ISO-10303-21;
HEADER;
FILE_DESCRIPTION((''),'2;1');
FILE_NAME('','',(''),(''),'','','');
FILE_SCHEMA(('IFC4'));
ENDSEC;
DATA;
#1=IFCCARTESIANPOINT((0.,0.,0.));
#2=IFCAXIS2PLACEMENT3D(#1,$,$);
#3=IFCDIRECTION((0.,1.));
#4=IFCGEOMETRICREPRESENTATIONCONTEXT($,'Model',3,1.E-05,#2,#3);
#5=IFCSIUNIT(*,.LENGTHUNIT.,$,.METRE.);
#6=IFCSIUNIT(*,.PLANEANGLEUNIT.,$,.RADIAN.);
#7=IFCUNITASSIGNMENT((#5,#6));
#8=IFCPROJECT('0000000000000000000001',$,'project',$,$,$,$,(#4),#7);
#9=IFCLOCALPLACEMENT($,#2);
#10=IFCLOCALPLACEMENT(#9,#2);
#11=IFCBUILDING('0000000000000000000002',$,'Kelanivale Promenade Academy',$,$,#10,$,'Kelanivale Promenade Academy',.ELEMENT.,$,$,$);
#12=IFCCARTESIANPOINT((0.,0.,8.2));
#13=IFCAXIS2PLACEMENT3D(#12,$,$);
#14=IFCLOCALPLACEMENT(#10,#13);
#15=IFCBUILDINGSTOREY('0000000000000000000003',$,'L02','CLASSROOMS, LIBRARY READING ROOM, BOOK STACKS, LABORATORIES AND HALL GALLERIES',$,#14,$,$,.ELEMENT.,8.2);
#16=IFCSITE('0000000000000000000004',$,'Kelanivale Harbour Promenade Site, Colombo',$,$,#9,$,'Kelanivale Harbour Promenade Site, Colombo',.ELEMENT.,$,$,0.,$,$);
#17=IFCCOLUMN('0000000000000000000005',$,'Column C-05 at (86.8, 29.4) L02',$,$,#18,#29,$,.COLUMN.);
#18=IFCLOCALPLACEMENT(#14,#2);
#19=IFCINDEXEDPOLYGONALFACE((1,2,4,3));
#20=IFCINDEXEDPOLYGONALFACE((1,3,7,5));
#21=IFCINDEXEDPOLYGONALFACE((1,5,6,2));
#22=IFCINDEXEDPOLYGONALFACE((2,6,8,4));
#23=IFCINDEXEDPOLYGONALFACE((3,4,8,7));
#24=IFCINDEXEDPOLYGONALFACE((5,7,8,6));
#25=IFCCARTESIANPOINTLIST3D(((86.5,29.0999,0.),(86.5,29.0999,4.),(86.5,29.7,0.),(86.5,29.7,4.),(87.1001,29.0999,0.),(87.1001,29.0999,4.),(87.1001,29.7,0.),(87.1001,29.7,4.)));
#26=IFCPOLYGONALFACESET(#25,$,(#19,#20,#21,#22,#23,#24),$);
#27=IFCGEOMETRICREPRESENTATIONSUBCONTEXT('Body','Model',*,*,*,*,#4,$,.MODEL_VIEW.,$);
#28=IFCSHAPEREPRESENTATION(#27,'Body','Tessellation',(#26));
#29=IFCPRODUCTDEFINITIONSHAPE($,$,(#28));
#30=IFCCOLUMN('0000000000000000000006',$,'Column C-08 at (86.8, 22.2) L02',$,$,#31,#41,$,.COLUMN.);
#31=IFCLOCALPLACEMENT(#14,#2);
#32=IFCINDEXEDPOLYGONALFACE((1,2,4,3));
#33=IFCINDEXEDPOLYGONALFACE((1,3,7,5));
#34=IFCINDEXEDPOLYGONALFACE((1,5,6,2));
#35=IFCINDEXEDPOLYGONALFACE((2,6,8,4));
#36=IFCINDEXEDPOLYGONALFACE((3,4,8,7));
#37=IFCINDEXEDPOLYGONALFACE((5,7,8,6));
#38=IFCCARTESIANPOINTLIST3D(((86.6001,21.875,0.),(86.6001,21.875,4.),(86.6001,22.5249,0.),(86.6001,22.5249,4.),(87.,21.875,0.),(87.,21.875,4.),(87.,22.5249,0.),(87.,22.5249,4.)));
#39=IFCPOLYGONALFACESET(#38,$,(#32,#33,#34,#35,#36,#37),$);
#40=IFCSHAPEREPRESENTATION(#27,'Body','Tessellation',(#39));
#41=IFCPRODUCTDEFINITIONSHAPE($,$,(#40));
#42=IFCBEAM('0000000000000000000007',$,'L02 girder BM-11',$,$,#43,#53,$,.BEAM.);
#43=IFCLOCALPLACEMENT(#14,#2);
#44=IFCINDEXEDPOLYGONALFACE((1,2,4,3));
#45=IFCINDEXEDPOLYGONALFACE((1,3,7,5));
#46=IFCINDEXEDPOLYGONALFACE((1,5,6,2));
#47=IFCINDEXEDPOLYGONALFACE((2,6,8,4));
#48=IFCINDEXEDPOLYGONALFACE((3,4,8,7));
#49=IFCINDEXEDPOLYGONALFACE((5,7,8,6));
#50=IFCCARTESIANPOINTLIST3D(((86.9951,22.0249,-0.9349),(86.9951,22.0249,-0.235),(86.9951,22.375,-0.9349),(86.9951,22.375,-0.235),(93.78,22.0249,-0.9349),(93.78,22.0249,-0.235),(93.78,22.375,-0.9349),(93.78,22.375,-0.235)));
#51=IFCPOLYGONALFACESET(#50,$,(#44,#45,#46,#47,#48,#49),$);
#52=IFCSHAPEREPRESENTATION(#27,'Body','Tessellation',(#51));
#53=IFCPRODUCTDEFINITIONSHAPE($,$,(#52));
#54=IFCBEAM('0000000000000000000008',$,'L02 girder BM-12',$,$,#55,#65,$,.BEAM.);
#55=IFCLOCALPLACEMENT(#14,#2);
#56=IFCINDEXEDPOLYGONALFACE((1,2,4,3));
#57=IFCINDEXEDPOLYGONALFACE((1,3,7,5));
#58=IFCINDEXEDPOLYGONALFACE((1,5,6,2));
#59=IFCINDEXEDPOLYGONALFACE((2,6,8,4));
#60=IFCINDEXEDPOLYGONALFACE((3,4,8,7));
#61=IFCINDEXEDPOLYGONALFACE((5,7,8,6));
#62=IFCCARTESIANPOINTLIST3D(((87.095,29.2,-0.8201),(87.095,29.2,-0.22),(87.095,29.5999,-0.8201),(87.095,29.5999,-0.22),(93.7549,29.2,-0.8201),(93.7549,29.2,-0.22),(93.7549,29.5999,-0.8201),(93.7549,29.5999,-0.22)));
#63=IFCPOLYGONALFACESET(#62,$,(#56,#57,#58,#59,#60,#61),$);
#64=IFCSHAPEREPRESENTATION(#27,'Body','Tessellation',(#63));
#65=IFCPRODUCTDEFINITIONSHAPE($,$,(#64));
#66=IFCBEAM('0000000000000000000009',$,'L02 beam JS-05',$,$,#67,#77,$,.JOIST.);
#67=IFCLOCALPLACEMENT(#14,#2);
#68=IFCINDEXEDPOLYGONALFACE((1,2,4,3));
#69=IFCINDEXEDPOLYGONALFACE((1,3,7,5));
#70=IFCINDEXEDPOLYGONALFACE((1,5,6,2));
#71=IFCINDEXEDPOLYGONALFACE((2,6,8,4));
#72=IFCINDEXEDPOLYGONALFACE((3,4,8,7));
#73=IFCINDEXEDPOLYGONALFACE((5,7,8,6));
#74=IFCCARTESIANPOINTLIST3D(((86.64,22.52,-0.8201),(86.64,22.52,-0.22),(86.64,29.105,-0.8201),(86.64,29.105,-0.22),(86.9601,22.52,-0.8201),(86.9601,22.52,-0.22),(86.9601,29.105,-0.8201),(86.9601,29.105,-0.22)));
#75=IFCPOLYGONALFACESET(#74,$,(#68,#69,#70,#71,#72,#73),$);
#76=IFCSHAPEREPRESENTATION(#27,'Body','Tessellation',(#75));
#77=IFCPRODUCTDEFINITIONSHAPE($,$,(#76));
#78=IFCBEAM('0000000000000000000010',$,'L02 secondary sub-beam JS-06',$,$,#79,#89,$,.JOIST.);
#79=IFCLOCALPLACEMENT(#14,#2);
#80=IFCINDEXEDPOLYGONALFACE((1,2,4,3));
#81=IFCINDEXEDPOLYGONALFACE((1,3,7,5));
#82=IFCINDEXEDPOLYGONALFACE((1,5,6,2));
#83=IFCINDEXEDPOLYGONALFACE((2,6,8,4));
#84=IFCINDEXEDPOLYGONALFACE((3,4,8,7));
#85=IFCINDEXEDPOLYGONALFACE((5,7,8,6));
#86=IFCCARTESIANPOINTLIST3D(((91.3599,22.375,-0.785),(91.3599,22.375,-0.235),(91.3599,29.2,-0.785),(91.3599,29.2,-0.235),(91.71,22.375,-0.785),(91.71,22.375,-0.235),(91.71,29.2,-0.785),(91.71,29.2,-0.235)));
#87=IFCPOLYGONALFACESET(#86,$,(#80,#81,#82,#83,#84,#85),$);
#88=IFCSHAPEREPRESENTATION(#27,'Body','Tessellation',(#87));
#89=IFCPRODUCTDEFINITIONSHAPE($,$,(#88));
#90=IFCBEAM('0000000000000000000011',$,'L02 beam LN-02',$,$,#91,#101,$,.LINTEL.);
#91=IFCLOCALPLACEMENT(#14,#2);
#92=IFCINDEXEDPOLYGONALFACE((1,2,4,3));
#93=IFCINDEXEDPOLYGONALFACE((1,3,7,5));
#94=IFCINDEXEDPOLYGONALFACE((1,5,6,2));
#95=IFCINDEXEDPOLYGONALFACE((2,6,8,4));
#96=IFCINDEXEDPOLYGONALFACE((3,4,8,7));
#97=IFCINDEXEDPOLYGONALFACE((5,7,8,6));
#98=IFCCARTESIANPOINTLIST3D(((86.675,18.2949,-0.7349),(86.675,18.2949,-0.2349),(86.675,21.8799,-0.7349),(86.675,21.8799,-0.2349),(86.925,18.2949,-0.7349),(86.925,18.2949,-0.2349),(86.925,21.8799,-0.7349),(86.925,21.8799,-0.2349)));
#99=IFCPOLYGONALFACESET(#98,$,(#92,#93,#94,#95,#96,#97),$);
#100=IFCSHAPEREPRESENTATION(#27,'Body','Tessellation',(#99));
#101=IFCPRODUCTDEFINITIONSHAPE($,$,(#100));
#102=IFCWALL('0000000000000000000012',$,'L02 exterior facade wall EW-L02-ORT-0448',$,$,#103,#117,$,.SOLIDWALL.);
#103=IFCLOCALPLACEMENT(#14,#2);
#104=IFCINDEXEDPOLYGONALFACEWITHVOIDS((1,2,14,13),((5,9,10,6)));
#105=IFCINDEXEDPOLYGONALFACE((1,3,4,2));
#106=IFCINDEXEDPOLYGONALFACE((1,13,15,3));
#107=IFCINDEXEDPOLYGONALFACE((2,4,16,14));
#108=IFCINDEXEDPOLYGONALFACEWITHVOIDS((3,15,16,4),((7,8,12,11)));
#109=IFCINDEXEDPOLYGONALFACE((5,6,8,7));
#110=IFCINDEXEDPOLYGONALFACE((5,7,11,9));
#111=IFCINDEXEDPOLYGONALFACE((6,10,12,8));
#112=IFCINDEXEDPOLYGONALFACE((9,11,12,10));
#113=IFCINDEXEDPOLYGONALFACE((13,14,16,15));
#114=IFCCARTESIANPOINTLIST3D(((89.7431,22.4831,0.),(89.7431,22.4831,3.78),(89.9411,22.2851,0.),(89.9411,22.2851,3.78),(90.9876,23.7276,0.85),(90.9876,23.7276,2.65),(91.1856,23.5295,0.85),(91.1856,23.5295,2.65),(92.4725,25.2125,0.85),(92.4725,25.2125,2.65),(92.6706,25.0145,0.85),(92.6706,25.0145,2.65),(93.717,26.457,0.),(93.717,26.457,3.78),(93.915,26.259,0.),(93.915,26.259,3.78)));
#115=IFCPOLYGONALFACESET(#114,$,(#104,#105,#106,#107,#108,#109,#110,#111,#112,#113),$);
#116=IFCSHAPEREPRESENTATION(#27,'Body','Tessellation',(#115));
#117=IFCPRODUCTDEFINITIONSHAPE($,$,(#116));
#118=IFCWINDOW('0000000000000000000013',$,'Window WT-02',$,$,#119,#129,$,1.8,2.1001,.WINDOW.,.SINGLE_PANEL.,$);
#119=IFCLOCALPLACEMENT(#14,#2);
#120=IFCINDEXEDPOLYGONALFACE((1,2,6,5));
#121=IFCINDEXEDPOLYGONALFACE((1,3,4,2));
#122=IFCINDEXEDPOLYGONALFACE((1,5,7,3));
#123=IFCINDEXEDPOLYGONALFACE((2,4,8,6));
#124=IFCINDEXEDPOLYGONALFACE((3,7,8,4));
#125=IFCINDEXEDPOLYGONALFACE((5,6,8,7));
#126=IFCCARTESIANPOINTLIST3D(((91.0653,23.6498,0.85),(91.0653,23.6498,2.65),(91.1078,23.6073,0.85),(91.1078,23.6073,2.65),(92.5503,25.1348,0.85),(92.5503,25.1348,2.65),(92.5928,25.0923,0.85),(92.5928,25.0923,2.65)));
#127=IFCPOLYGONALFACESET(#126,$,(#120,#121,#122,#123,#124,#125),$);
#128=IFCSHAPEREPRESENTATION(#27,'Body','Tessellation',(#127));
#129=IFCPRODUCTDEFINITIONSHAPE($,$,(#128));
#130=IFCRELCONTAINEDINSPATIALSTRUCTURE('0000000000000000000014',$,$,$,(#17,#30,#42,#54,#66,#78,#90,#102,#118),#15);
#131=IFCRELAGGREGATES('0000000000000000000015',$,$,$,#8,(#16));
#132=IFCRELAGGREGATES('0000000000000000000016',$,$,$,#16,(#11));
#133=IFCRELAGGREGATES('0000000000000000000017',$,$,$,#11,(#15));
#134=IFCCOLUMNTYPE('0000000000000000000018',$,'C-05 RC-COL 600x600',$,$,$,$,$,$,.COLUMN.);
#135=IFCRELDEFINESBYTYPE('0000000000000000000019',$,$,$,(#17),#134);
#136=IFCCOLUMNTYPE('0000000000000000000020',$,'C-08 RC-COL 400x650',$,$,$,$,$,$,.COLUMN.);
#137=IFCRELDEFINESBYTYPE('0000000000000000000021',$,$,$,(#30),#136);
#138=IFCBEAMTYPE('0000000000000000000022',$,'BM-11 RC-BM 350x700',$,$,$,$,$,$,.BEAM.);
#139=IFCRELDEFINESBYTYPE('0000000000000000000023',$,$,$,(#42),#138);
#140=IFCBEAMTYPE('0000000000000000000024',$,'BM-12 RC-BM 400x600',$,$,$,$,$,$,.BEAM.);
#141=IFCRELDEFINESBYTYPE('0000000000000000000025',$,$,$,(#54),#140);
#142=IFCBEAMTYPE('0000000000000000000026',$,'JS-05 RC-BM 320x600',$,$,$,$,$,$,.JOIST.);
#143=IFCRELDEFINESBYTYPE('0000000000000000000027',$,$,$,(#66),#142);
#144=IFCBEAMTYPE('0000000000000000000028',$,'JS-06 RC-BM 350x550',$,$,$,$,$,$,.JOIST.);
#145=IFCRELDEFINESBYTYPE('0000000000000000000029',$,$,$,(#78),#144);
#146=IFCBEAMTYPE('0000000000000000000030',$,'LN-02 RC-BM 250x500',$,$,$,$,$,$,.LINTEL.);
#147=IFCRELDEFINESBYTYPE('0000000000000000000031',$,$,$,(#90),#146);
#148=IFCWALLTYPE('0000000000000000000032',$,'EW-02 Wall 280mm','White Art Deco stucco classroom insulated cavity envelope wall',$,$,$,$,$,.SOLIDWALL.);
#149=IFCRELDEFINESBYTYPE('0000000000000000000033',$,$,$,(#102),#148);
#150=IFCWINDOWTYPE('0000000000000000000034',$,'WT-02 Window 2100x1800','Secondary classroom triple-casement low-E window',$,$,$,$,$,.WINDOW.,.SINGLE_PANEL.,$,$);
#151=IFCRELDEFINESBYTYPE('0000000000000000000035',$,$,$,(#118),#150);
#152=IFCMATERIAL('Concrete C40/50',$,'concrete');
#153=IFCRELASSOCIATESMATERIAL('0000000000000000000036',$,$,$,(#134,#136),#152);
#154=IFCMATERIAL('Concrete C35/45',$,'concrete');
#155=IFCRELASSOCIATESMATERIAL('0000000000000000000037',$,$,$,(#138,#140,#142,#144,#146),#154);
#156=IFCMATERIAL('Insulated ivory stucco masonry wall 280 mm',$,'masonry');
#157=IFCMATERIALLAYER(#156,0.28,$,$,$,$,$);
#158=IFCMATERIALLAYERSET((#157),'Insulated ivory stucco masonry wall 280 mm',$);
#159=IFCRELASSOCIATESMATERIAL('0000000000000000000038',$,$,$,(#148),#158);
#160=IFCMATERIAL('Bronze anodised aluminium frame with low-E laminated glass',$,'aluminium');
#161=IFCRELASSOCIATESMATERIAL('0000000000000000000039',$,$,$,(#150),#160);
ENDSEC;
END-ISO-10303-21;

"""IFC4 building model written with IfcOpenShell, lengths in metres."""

from ifc_helpers import new_model, si_unit, direction, frame, frame_2d, origin, origin_2d, place, context, subcontext, project, spatial, rectangle, extrude, material, layer, layer_set, material_profile, profile_set, type_object, element, fill, save


model = new_model("IFC4")

# Units and contexts
model_context = context("Model", 3, precision=1e-05, world=origin(), true_north=direction((0.0, 1.0)))
body_context = subcontext(model_context, "Body", "Model", "MODEL_VIEW")
ifc_project = project(units=[si_unit("LENGTHUNIT", "METRE"), si_unit("PLANEANGLEUNIT", "RADIAN")], contexts=[model_context])

# Site, building, storey
site_placement = place(None, origin())
site = spatial("IfcSite", under=ifc_project, at=site_placement, Name="Kelanivale Harbour Promenade Site, Colombo", LongName="Kelanivale Harbour Promenade Site, Colombo", CompositionType="ELEMENT", RefElevation=0.0)
building_placement = place(site_placement, origin())
building = spatial("IfcBuilding", under=site, at=building_placement, Name="Kelanivale Promenade Academy", LongName="Kelanivale Promenade Academy", CompositionType="ELEMENT")
storey_placement = place(building_placement, frame((0.0, 0.0, 8.2)))
storey = spatial("IfcBuildingStorey", under=building, at=storey_placement, Name="L02", Description="CLASSROOMS, LIBRARY READING ROOM, BOOK STACKS, LABORATORIES AND HALL GALLERIES", CompositionType="ELEMENT", Elevation=8.2)

# Columns
ifc_material_1 = material(Name="Concrete C40/50", Category="concrete")
ifc_material_profile_1 = material_profile(ifc_material_1, rectangle(XDim=0.6001, YDim=0.6001, at=origin_2d()), Name="RC-COL 600x600")
ifc_profile_set_1 = profile_set([ifc_material_profile_1], Name="Concrete C40/50")
column_type_1 = type_object("IfcColumnType", Name="C-05 RC-COL 600x600", PredefinedType="COLUMN", material=ifc_profile_set_1)
column_1_placement = place(storey_placement, frame((86.8, 29.3999, 0.0), z_axis=(0.0, 0.0, 1.0), x_axis=(1.0, 0.0, 0.0)))
element("IfcColumn", 1, at=column_1_placement, inside=storey, type_object=column_type_1, Name="Column C-05 at (86.8, 29.4) L02", PredefinedType="COLUMN", context=body_context, shape_type="SweptSolid", body=[
    extrude(rectangle(XDim=0.6001, YDim=0.6001, at=origin_2d()), origin(), (0.0, 0.0, 1.0), 4.0),
])
ifc_material_profile_2 = material_profile(ifc_material_1, rectangle(XDim=0.3999, YDim=0.6499, at=origin_2d()), Name="RC-COL 400x650")
ifc_profile_set_2 = profile_set([ifc_material_profile_2], Name="Concrete C40/50")
column_type_2 = type_object("IfcColumnType", Name="C-08 RC-COL 400x650", PredefinedType="COLUMN", material=ifc_profile_set_2)
column_2_placement = place(storey_placement, frame((86.8, 22.2, 0.0), z_axis=(0.0, 0.0, 1.0), x_axis=(1.0, 0.0, 0.0)))
element("IfcColumn", 2, at=column_2_placement, inside=storey, type_object=column_type_2, Name="Column C-08 at (86.8, 22.2) L02", PredefinedType="COLUMN", context=body_context, shape_type="SweptSolid", body=[
    extrude(rectangle(XDim=0.3999, YDim=0.6499, at=origin_2d()), origin(), (0.0, 0.0, 1.0), 4.0),
])

# Beams
ifc_material_2 = material(Name="Concrete C35/45", Category="concrete")
ifc_material_profile_3 = material_profile(ifc_material_2, rectangle(XDim=0.3501, YDim=0.7, at=origin_2d()), Name="RC-BM 350x700")
ifc_profile_set_3 = profile_set([ifc_material_profile_3], Name="Concrete C35/45")
beam_type_1 = type_object("IfcBeamType", Name="BM-11 RC-BM 350x700", PredefinedType="BEAM", material=ifc_profile_set_3)
beam_1_placement = place(storey_placement, frame((86.9951, 22.2, -0.585), z_axis=(1.0, 0.0, 0.0), x_axis=(0.0, 1.0, 0.0)))
element("IfcBeam", 3, at=beam_1_placement, inside=storey, type_object=beam_type_1, Name="L02 girder BM-11", PredefinedType="BEAM", context=body_context, shape_type="SweptSolid", body=[
    extrude(rectangle(XDim=0.3501, YDim=0.7, at=origin_2d()), origin(), (0.0, 0.0, 1.0), 6.7849),
])
ifc_material_profile_4 = material_profile(ifc_material_2, rectangle(XDim=0.3999, YDim=0.6001, at=origin_2d()), Name="RC-BM 400x600")
ifc_profile_set_4 = profile_set([ifc_material_profile_4], Name="Concrete C35/45")
beam_type_2 = type_object("IfcBeamType", Name="BM-12 RC-BM 400x600", PredefinedType="BEAM", material=ifc_profile_set_4)
beam_2_placement = place(storey_placement, frame((87.095, 29.3999, -0.52), z_axis=(1.0, 0.0, 0.0), x_axis=(0.0, 1.0, 0.0)))
element("IfcBeam", 4, at=beam_2_placement, inside=storey, type_object=beam_type_2, Name="L02 girder BM-12", PredefinedType="BEAM", context=body_context, shape_type="SweptSolid", body=[
    extrude(rectangle(XDim=0.3999, YDim=0.6001, at=origin_2d()), origin(), (0.0, 0.0, 1.0), 6.6599),
])
ifc_material_profile_5 = material_profile(ifc_material_2, rectangle(XDim=0.3201, YDim=0.6001, at=origin_2d()), Name="RC-BM 320x600")
ifc_profile_set_5 = profile_set([ifc_material_profile_5], Name="Concrete C35/45")
beam_type_3 = type_object("IfcBeamType", Name="JS-05 RC-BM 320x600", PredefinedType="JOIST", material=ifc_profile_set_5)
beam_3_placement = place(storey_placement, frame((86.8, 22.52, -0.52), z_axis=(0.0, 1.0, 0.0), x_axis=(-1.0, 0.0, 0.0)))
element("IfcBeam", 5, at=beam_3_placement, inside=storey, type_object=beam_type_3, Name="L02 beam JS-05", PredefinedType="JOIST", context=body_context, shape_type="SweptSolid", body=[
    extrude(rectangle(XDim=0.3201, YDim=0.6001, at=origin_2d()), origin(), (0.0, 0.0, 1.0), 6.585),
])
ifc_material_profile_6 = material_profile(ifc_material_2, rectangle(XDim=0.3501, YDim=0.55, at=origin_2d()), Name="RC-BM 350x550")
ifc_profile_set_6 = profile_set([ifc_material_profile_6], Name="Concrete C35/45")
beam_type_4 = type_object("IfcBeamType", Name="JS-06 RC-BM 350x550", PredefinedType="JOIST", material=ifc_profile_set_6)
beam_4_placement = place(storey_placement, frame((91.5349, 22.375, -0.51), z_axis=(0.0, 1.0, 0.0), x_axis=(-1.0, 0.0, 0.0)))
element("IfcBeam", 6, at=beam_4_placement, inside=storey, type_object=beam_type_4, Name="L02 secondary sub-beam JS-06", PredefinedType="JOIST", context=body_context, shape_type="SweptSolid", body=[
    extrude(rectangle(XDim=0.3501, YDim=0.55, at=origin_2d()), origin(), (0.0, 0.0, 1.0), 6.825),
])
ifc_material_profile_7 = material_profile(ifc_material_2, rectangle(XDim=0.25, YDim=0.5, at=origin_2d()), Name="RC-BM 250x500")
ifc_profile_set_7 = profile_set([ifc_material_profile_7], Name="Concrete C35/45")
beam_type_5 = type_object("IfcBeamType", Name="LN-02 RC-BM 250x500", PredefinedType="LINTEL", material=ifc_profile_set_7)
beam_5_placement = place(storey_placement, frame((86.8, 18.2949, -0.4849), z_axis=(0.0, 1.0, 0.0), x_axis=(-1.0, 0.0, 0.0)))
element("IfcBeam", 7, at=beam_5_placement, inside=storey, type_object=beam_type_5, Name="L02 beam LN-02", PredefinedType="LINTEL", context=body_context, shape_type="SweptSolid", body=[
    extrude(rectangle(XDim=0.25, YDim=0.5, at=origin_2d()), origin(), (0.0, 0.0, 1.0), 3.585),
])

# Wall, opening, window
ifc_material_3 = material(Name="Insulated ivory stucco masonry wall 280 mm", Category="masonry")
ifc_layer_1 = layer(ifc_material_3, 0.28)
ifc_layer_set_1 = layer_set([ifc_layer_1], Name="Insulated ivory stucco masonry wall 280 mm")
wall_type_1 = type_object("IfcWallType", Name="EW-02 Wall 280mm", Description="White Art Deco stucco classroom insulated cavity envelope wall", PredefinedType="SOLIDWALL", material=ifc_layer_set_1)
wall_1_placement = place(storey_placement, frame((89.842, 22.384, 0.0), z_axis=(0.0, 0.0, 1.0), x_axis=(0.707107, 0.707107, 0.0)))
wall_1 = element("IfcWall", 8, at=wall_1_placement, inside=storey, type_object=wall_type_1, Name="L02 exterior facade wall EW-L02-ORT-0448", PredefinedType="SOLIDWALL", context=body_context, shape_type="SweptSolid", body=[
    extrude(rectangle(XDim=5.6199, YDim=0.28, at=frame_2d((2.8101, 0.0))), origin(), (0.0, 0.0, 1.0), 3.78),
])
opening_1_placement = place(wall_1_placement, frame((1.76, 0.0, 0.8501)))
opening_1 = element("IfcOpeningElement", 9, at=opening_1_placement, cuts=wall_1, PredefinedType="OPENING", context=body_context, shape_type="SweptSolid", body=[
    extrude(rectangle(XDim=2.1001, YDim=1.8, at=frame_2d((1.05, 0.8999))), frame((0.0, 0.1499, 0.0), z_axis=(0.0, -1.0, 0.0), x_axis=(1.0, 0.0, 0.0)), (0.0, 0.0, 1.0), 0.3),
])
ifc_material_4 = material(Name="Bronze anodised aluminium frame with low-E laminated glass", Category="aluminium")
window_type_1 = type_object("IfcWindowType", Name="WT-02 Window 2100x1800", Description="Secondary classroom triple-casement low-E window", PartitioningType="SINGLE_PANEL", PredefinedType="WINDOW", material=ifc_material_4)
window_1_placement = place(opening_1_placement, origin())
window_1 = element("IfcWindow", 10, at=window_1_placement, inside=storey, type_object=window_type_1, Name="Window WT-02", OverallHeight=1.8, OverallWidth=2.1001, PartitioningType="SINGLE_PANEL", PredefinedType="WINDOW", context=body_context, shape_type="SweptSolid", body=[
    extrude(rectangle(XDim=2.1001, YDim=1.8, at=frame_2d((1.05, 0.8999))), frame((0.0, 0.03, 0.0), z_axis=(0.0, -1.0, 0.0), x_axis=(1.0, 0.0, 0.0)), (0.0, 0.0, 1.0), 0.0601),
])
fill(opening_1, window_1)

save(model, "model.ifc")
